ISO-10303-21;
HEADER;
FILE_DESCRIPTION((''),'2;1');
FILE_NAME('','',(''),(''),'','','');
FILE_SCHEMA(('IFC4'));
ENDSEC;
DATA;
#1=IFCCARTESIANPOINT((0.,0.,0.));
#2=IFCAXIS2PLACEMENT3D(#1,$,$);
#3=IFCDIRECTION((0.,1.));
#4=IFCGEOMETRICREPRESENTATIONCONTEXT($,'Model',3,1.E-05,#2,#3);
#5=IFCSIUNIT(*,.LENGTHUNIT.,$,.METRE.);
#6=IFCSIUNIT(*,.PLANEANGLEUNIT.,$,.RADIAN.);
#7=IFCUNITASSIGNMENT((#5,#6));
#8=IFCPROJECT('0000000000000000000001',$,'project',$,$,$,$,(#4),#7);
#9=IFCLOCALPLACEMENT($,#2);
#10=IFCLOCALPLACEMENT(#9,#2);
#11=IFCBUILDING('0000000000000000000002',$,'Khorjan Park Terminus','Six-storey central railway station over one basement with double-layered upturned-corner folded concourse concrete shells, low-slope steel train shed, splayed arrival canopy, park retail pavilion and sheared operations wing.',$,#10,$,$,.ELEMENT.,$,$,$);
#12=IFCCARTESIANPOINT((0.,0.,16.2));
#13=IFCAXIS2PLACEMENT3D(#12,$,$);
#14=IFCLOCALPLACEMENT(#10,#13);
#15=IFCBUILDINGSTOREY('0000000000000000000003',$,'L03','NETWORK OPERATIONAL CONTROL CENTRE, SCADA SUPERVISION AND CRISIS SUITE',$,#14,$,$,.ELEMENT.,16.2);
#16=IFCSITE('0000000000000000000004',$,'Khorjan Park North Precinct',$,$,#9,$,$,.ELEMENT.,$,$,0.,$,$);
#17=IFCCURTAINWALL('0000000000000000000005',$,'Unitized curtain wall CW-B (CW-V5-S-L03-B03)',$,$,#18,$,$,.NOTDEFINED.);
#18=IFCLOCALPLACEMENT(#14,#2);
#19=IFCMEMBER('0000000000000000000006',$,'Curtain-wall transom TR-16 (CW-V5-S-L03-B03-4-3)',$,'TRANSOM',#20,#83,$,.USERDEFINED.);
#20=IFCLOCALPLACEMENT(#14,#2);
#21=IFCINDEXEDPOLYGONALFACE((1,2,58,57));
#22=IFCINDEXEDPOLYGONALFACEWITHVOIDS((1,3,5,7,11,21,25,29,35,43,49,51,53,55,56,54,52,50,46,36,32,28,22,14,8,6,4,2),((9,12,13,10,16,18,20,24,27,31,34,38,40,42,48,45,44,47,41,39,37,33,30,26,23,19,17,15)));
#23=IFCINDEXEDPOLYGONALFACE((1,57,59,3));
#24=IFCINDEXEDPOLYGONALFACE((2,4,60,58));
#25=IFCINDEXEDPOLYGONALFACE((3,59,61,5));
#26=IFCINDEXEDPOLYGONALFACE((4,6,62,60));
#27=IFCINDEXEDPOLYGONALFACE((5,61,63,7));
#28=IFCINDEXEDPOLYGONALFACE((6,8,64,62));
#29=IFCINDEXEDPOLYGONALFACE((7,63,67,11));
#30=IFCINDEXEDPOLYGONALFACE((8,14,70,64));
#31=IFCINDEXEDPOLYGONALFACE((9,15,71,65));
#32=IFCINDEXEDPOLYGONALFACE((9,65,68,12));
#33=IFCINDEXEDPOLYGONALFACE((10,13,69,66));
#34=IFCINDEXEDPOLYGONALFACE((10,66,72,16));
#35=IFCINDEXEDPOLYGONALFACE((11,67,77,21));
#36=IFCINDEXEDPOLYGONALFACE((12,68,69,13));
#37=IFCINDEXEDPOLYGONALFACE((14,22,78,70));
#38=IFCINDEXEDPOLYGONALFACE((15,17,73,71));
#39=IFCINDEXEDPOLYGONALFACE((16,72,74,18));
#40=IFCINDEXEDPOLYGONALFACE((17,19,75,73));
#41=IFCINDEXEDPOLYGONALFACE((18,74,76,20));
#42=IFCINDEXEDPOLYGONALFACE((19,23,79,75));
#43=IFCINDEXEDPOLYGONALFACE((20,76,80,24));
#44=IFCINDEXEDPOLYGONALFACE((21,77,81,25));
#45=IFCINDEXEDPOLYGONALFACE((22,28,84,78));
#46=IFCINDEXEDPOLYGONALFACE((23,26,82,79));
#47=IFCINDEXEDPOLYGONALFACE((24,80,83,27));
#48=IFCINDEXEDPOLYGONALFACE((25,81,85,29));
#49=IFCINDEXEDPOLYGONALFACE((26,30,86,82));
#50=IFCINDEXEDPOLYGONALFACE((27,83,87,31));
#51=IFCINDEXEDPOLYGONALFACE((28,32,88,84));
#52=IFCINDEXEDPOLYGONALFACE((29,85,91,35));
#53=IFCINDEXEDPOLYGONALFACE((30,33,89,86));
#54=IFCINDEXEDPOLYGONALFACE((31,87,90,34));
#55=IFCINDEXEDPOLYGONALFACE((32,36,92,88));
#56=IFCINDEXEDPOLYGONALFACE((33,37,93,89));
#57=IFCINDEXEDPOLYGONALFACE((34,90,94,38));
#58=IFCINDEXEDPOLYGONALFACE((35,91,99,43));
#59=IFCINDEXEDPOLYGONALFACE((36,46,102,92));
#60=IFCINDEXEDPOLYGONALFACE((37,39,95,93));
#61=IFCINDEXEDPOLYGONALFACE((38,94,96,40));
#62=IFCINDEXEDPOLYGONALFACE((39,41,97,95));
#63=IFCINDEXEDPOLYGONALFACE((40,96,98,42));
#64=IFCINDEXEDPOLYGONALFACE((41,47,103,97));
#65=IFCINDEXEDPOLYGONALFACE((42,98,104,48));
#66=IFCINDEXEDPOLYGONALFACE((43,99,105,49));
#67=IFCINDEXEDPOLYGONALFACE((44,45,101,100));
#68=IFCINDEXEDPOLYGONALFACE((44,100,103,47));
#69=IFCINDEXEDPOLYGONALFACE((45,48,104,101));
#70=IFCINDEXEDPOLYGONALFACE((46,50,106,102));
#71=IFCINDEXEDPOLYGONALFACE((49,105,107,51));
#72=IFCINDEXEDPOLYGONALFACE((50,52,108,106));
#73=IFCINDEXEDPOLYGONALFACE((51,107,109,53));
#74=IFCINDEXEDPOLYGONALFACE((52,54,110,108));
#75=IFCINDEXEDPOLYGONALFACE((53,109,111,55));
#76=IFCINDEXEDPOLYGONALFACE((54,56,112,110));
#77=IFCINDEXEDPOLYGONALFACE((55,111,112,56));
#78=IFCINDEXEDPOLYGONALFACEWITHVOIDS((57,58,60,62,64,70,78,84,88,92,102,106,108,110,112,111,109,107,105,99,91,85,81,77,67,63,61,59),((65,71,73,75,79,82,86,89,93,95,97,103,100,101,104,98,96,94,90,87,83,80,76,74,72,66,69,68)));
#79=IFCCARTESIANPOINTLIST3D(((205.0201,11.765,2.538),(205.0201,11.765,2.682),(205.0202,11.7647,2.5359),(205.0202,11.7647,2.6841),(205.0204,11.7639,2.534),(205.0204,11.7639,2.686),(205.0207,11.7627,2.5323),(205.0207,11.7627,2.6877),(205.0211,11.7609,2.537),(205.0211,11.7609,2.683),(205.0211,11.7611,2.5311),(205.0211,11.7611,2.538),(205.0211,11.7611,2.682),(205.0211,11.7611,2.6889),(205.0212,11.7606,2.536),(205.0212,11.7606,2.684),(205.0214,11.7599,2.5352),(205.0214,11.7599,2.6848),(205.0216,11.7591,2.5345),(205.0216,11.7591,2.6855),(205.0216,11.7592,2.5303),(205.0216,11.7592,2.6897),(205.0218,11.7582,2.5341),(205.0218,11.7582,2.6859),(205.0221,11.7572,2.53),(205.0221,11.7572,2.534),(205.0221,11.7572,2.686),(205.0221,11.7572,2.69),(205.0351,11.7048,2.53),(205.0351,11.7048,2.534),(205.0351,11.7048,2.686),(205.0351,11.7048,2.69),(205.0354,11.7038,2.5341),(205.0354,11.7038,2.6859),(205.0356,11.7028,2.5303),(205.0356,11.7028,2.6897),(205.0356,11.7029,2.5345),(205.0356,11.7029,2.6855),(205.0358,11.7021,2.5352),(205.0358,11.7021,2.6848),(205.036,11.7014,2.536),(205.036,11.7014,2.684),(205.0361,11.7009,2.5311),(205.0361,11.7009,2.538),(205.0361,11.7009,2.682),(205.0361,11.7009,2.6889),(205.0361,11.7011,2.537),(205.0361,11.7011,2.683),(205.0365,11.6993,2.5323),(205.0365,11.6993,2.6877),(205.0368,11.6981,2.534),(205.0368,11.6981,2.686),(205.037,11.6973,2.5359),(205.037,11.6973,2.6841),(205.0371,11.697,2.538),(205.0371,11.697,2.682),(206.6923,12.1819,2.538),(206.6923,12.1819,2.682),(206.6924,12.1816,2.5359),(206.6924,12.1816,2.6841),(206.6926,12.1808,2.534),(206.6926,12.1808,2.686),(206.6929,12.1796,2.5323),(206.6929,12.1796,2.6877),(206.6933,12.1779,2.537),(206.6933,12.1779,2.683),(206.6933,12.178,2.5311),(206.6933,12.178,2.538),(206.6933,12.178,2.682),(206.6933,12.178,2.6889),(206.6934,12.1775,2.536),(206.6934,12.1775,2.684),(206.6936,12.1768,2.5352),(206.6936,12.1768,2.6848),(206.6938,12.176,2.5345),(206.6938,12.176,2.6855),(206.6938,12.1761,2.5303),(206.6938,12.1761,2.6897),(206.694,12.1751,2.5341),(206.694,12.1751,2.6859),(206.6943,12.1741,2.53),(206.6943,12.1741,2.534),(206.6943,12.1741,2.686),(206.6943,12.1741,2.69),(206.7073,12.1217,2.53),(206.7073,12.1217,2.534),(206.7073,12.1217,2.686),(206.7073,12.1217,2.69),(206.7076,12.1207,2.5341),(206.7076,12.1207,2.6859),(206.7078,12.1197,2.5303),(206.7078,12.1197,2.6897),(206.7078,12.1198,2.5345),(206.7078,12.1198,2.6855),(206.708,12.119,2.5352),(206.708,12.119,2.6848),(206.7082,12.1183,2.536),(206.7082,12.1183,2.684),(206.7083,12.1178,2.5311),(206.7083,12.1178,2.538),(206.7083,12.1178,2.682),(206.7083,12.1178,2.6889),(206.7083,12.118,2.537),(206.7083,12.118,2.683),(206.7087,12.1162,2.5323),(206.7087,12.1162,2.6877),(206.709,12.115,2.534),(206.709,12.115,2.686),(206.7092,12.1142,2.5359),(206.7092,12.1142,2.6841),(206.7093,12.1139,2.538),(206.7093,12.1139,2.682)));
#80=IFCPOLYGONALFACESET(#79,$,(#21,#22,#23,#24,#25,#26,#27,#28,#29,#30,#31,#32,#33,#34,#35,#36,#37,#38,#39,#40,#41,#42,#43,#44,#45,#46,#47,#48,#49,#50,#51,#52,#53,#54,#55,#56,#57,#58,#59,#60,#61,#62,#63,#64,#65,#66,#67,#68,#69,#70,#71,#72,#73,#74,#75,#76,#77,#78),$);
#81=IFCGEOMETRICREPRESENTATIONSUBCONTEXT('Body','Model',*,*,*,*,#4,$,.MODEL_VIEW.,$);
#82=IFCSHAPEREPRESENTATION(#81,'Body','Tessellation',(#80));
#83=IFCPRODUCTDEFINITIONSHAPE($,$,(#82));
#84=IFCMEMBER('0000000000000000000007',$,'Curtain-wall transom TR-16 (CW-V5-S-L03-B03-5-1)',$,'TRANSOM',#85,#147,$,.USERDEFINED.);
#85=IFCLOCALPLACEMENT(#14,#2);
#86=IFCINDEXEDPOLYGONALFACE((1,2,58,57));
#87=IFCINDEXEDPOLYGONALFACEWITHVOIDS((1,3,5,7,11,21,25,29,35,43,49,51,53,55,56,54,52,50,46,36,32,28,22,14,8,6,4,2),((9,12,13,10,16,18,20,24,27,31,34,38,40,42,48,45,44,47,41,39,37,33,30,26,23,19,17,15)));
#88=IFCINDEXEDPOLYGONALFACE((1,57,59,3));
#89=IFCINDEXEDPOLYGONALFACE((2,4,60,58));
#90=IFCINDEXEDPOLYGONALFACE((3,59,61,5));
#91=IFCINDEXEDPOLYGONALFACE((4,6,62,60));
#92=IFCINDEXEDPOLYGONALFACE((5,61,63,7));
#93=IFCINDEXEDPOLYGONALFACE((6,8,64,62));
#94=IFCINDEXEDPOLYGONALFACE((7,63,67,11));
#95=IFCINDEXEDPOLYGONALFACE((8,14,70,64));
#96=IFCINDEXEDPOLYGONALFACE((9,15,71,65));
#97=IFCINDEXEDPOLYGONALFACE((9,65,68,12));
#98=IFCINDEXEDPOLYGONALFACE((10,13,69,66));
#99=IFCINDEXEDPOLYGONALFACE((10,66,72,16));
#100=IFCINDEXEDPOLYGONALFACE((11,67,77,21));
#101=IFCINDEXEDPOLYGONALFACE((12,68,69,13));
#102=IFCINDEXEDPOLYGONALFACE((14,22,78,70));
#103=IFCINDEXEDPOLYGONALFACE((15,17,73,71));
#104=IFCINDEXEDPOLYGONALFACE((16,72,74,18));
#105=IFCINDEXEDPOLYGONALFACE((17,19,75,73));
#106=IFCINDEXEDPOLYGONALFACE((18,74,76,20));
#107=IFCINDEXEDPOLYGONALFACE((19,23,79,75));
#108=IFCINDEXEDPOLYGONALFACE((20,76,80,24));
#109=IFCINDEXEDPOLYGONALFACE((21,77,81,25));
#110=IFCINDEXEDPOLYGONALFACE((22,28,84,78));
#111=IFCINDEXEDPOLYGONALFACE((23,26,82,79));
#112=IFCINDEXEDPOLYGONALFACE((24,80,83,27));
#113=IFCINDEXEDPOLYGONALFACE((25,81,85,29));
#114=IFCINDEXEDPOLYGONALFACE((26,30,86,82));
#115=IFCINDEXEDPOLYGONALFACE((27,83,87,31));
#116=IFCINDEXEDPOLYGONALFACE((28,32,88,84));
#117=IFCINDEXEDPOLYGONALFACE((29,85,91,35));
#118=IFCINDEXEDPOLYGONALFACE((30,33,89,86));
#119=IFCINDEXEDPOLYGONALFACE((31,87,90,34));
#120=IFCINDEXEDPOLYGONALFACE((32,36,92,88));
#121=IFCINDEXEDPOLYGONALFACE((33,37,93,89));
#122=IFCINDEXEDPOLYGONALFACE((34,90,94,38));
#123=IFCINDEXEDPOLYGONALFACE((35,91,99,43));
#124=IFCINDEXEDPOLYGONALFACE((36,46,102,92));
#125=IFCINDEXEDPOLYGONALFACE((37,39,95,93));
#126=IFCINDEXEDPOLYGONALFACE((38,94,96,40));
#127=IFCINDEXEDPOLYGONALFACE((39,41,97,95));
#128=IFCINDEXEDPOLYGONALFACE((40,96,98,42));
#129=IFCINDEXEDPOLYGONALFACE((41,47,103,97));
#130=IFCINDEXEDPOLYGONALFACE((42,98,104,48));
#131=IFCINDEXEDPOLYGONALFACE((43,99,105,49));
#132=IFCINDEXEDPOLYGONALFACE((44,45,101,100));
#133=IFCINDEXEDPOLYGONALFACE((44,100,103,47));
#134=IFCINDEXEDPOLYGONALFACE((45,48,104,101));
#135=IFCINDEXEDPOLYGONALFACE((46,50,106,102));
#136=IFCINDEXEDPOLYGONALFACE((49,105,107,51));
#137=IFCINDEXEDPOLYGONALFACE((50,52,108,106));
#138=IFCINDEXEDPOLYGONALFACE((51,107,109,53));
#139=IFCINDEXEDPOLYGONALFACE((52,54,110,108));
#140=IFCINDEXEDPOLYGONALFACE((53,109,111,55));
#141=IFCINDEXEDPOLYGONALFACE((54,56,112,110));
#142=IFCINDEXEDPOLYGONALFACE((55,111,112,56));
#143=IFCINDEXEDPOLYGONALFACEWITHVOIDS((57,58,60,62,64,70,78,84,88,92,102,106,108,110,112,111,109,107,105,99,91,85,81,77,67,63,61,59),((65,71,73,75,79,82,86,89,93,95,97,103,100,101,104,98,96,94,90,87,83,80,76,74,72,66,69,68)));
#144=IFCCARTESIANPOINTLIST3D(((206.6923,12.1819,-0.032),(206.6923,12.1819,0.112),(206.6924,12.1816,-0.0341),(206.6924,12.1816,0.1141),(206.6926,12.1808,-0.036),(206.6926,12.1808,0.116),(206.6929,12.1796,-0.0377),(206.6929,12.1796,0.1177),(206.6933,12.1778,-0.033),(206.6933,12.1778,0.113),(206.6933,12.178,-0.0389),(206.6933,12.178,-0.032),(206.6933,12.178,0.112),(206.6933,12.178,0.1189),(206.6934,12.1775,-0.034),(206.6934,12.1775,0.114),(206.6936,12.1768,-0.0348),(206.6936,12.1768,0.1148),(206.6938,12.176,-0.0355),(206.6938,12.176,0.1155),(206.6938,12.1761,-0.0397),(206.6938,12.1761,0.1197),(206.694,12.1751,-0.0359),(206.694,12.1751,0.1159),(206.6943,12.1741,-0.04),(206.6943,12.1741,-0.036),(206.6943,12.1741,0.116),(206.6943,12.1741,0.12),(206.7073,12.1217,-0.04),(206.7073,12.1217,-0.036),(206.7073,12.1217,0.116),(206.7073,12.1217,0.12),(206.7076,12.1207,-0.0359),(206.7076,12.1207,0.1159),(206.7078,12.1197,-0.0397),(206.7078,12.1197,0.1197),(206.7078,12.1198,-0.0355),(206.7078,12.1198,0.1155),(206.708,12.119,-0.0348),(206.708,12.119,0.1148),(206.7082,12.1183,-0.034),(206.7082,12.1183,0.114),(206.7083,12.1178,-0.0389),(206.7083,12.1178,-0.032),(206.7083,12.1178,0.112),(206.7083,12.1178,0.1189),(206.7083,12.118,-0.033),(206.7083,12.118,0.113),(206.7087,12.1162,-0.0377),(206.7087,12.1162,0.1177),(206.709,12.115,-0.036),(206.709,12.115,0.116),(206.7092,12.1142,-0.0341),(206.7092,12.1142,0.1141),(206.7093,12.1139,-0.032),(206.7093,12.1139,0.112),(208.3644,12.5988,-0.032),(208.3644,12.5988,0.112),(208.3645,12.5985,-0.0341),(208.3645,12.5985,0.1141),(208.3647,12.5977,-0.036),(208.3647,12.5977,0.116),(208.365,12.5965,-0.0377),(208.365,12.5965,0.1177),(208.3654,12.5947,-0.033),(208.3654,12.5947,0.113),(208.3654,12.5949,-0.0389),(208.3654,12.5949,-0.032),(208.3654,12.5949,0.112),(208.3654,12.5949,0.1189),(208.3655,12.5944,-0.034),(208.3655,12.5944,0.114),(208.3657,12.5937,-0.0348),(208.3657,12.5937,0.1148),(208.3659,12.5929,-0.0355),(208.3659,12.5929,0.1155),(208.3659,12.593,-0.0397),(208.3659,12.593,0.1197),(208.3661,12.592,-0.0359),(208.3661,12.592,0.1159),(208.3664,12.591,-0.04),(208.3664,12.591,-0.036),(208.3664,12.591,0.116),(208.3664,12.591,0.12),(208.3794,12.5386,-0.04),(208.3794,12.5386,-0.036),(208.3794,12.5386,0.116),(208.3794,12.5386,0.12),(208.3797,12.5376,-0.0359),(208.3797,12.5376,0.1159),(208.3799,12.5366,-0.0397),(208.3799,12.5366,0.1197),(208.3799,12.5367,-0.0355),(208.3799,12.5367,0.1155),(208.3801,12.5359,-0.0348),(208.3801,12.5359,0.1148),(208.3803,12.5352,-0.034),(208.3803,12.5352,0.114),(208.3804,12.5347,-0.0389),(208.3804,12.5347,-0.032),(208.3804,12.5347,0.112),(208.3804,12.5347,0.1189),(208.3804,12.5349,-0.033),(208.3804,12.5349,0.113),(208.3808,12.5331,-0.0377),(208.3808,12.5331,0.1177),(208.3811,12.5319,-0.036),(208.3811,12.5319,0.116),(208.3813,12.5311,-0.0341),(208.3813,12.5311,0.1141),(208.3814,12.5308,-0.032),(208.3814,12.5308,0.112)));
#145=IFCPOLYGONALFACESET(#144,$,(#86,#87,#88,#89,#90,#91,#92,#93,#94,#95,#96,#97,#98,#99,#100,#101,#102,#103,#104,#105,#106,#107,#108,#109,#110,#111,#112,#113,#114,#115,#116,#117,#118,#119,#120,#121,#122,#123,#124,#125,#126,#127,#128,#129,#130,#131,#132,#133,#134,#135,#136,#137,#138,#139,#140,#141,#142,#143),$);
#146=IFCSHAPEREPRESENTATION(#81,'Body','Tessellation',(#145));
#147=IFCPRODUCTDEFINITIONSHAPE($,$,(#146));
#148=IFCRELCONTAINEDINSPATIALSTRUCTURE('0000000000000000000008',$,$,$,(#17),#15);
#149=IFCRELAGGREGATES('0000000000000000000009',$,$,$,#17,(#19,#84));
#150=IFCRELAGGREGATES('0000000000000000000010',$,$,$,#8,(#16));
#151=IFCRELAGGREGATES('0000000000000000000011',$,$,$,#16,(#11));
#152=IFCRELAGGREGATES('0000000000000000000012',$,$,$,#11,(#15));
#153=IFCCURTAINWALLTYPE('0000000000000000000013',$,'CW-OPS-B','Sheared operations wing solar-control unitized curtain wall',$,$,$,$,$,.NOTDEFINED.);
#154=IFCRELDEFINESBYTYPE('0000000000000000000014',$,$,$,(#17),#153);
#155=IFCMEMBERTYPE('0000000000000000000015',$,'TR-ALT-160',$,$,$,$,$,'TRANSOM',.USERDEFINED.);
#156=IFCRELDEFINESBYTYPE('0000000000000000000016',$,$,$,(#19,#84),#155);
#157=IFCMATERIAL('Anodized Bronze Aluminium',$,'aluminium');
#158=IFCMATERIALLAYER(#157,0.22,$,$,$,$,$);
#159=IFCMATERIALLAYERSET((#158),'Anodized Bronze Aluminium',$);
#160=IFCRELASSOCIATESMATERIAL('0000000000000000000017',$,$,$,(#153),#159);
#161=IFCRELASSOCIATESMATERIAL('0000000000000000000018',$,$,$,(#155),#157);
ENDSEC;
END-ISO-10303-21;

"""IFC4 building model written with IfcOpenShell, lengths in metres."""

from ifc_helpers import new_model, si_unit, direction, frame, origin, origin_2d, place, context, subcontext, project, spatial, hollow_rectangle, extrude, material, layer, layer_set, material_profile, profile_set, type_object, element, aggregate, save


model = new_model("IFC4")

# Units and contexts
model_context = context("Model", 3, precision=1e-05, world=origin(), true_north=direction((0.0, 1.0)))
body_context = subcontext(model_context, "Body", "Model", "MODEL_VIEW")
ifc_project = project(units=[si_unit("LENGTHUNIT", "METRE"), si_unit("PLANEANGLEUNIT", "RADIAN")], contexts=[model_context])

# Site, building, storey
site_placement = place(None, origin())
site = spatial("IfcSite", under=ifc_project, at=site_placement, Name="Khorjan Park North Precinct", CompositionType="ELEMENT", RefElevation=0.0)
building_placement = place(site_placement, origin())
building = spatial("IfcBuilding", under=site, at=building_placement, Name="Khorjan Park Terminus", Description="Six-storey central railway station over one basement with double-layered upturned-corner folded concourse concrete shells, low-slope steel train shed, splayed arrival canopy, park retail pavilion and sheared operations wing.", CompositionType="ELEMENT")
storey_placement = place(building_placement, frame((0.0, 0.0, 16.2)))
storey = spatial("IfcBuildingStorey", under=building, at=storey_placement, Name="L03", Description="NETWORK OPERATIONAL CONTROL CENTRE, SCADA SUPERVISION AND CRISIS SUITE", CompositionType="ELEMENT", Elevation=16.2)

# Curtain wall, members
ifc_material_1 = material(Name="Anodized Bronze Aluminium", Category="aluminium")
ifc_layer_1 = layer(ifc_material_1, 0.22)
ifc_layer_set_1 = layer_set([ifc_layer_1], Name="Anodized Bronze Aluminium")
curtain_wall_type = type_object("IfcCurtainWallType", Name="CW-OPS-B", Description="Sheared operations wing solar-control unitized curtain wall", PredefinedType="NOTDEFINED", material=ifc_layer_set_1)
curtain_wall_placement = place(storey_placement, origin())
curtain_wall = element("IfcCurtainWall", 1, at=curtain_wall_placement, inside=storey, type_object=curtain_wall_type, Name="Unitized curtain wall CW-B (CW-V5-S-L03-B03)", PredefinedType="NOTDEFINED")
ifc_material_profile_1 = material_profile(ifc_material_1, hollow_rectangle(XDim=0.07, YDim=0.16, WallThickness=0.004, InnerFilletRadius=0.004, OuterFilletRadius=0.008, at=origin_2d()), Name="ALT 70x160x4")
ifc_profile_set_1 = profile_set([ifc_material_profile_1], Name="Anodized Bronze Aluminium")
member_type_1 = type_object("IfcMemberType", Name="TR-ALT-160", ElementType="TRANSOM", PredefinedType="USERDEFINED", material=ifc_profile_set_1)
member_1_placement = place(storey_placement, frame((205.0286, 11.731, 2.61), z_axis=(0.970299, 0.241908, 0.0), x_axis=(-0.241908, 0.970299, 0.0)))
member_1 = element("IfcMember", 2, at=member_1_placement, type_object=member_type_1, Name="Curtain-wall transom TR-16 (CW-V5-S-L03-B03-4-3)", ObjectType="TRANSOM", PredefinedType="USERDEFINED", context=body_context, shape_type="SweptSolid", body=[
    extrude(hollow_rectangle(XDim=0.07, YDim=0.16, WallThickness=0.004, InnerFilletRadius=0.004, OuterFilletRadius=0.008, at=origin_2d()), origin(), (0.0, 0.0, 1.0), 1.7234),
])
member_2_placement = place(storey_placement, frame((206.7008, 12.1479, 0.04), z_axis=(0.970296, 0.241921, 0.0), x_axis=(-0.241921, 0.970296, 0.0)))
member_2 = element("IfcMember", 3, at=member_2_placement, type_object=member_type_1, Name="Curtain-wall transom TR-16 (CW-V5-S-L03-B03-5-1)", ObjectType="TRANSOM", PredefinedType="USERDEFINED", context=body_context, shape_type="SweptSolid", body=[
    extrude(hollow_rectangle(XDim=0.07, YDim=0.16, WallThickness=0.004, InnerFilletRadius=0.004, OuterFilletRadius=0.008, at=origin_2d()), origin(), (0.0, 0.0, 1.0), 1.7233),
])
aggregate(curtain_wall, [member_1, member_2])

save(model, "model.ifc")
